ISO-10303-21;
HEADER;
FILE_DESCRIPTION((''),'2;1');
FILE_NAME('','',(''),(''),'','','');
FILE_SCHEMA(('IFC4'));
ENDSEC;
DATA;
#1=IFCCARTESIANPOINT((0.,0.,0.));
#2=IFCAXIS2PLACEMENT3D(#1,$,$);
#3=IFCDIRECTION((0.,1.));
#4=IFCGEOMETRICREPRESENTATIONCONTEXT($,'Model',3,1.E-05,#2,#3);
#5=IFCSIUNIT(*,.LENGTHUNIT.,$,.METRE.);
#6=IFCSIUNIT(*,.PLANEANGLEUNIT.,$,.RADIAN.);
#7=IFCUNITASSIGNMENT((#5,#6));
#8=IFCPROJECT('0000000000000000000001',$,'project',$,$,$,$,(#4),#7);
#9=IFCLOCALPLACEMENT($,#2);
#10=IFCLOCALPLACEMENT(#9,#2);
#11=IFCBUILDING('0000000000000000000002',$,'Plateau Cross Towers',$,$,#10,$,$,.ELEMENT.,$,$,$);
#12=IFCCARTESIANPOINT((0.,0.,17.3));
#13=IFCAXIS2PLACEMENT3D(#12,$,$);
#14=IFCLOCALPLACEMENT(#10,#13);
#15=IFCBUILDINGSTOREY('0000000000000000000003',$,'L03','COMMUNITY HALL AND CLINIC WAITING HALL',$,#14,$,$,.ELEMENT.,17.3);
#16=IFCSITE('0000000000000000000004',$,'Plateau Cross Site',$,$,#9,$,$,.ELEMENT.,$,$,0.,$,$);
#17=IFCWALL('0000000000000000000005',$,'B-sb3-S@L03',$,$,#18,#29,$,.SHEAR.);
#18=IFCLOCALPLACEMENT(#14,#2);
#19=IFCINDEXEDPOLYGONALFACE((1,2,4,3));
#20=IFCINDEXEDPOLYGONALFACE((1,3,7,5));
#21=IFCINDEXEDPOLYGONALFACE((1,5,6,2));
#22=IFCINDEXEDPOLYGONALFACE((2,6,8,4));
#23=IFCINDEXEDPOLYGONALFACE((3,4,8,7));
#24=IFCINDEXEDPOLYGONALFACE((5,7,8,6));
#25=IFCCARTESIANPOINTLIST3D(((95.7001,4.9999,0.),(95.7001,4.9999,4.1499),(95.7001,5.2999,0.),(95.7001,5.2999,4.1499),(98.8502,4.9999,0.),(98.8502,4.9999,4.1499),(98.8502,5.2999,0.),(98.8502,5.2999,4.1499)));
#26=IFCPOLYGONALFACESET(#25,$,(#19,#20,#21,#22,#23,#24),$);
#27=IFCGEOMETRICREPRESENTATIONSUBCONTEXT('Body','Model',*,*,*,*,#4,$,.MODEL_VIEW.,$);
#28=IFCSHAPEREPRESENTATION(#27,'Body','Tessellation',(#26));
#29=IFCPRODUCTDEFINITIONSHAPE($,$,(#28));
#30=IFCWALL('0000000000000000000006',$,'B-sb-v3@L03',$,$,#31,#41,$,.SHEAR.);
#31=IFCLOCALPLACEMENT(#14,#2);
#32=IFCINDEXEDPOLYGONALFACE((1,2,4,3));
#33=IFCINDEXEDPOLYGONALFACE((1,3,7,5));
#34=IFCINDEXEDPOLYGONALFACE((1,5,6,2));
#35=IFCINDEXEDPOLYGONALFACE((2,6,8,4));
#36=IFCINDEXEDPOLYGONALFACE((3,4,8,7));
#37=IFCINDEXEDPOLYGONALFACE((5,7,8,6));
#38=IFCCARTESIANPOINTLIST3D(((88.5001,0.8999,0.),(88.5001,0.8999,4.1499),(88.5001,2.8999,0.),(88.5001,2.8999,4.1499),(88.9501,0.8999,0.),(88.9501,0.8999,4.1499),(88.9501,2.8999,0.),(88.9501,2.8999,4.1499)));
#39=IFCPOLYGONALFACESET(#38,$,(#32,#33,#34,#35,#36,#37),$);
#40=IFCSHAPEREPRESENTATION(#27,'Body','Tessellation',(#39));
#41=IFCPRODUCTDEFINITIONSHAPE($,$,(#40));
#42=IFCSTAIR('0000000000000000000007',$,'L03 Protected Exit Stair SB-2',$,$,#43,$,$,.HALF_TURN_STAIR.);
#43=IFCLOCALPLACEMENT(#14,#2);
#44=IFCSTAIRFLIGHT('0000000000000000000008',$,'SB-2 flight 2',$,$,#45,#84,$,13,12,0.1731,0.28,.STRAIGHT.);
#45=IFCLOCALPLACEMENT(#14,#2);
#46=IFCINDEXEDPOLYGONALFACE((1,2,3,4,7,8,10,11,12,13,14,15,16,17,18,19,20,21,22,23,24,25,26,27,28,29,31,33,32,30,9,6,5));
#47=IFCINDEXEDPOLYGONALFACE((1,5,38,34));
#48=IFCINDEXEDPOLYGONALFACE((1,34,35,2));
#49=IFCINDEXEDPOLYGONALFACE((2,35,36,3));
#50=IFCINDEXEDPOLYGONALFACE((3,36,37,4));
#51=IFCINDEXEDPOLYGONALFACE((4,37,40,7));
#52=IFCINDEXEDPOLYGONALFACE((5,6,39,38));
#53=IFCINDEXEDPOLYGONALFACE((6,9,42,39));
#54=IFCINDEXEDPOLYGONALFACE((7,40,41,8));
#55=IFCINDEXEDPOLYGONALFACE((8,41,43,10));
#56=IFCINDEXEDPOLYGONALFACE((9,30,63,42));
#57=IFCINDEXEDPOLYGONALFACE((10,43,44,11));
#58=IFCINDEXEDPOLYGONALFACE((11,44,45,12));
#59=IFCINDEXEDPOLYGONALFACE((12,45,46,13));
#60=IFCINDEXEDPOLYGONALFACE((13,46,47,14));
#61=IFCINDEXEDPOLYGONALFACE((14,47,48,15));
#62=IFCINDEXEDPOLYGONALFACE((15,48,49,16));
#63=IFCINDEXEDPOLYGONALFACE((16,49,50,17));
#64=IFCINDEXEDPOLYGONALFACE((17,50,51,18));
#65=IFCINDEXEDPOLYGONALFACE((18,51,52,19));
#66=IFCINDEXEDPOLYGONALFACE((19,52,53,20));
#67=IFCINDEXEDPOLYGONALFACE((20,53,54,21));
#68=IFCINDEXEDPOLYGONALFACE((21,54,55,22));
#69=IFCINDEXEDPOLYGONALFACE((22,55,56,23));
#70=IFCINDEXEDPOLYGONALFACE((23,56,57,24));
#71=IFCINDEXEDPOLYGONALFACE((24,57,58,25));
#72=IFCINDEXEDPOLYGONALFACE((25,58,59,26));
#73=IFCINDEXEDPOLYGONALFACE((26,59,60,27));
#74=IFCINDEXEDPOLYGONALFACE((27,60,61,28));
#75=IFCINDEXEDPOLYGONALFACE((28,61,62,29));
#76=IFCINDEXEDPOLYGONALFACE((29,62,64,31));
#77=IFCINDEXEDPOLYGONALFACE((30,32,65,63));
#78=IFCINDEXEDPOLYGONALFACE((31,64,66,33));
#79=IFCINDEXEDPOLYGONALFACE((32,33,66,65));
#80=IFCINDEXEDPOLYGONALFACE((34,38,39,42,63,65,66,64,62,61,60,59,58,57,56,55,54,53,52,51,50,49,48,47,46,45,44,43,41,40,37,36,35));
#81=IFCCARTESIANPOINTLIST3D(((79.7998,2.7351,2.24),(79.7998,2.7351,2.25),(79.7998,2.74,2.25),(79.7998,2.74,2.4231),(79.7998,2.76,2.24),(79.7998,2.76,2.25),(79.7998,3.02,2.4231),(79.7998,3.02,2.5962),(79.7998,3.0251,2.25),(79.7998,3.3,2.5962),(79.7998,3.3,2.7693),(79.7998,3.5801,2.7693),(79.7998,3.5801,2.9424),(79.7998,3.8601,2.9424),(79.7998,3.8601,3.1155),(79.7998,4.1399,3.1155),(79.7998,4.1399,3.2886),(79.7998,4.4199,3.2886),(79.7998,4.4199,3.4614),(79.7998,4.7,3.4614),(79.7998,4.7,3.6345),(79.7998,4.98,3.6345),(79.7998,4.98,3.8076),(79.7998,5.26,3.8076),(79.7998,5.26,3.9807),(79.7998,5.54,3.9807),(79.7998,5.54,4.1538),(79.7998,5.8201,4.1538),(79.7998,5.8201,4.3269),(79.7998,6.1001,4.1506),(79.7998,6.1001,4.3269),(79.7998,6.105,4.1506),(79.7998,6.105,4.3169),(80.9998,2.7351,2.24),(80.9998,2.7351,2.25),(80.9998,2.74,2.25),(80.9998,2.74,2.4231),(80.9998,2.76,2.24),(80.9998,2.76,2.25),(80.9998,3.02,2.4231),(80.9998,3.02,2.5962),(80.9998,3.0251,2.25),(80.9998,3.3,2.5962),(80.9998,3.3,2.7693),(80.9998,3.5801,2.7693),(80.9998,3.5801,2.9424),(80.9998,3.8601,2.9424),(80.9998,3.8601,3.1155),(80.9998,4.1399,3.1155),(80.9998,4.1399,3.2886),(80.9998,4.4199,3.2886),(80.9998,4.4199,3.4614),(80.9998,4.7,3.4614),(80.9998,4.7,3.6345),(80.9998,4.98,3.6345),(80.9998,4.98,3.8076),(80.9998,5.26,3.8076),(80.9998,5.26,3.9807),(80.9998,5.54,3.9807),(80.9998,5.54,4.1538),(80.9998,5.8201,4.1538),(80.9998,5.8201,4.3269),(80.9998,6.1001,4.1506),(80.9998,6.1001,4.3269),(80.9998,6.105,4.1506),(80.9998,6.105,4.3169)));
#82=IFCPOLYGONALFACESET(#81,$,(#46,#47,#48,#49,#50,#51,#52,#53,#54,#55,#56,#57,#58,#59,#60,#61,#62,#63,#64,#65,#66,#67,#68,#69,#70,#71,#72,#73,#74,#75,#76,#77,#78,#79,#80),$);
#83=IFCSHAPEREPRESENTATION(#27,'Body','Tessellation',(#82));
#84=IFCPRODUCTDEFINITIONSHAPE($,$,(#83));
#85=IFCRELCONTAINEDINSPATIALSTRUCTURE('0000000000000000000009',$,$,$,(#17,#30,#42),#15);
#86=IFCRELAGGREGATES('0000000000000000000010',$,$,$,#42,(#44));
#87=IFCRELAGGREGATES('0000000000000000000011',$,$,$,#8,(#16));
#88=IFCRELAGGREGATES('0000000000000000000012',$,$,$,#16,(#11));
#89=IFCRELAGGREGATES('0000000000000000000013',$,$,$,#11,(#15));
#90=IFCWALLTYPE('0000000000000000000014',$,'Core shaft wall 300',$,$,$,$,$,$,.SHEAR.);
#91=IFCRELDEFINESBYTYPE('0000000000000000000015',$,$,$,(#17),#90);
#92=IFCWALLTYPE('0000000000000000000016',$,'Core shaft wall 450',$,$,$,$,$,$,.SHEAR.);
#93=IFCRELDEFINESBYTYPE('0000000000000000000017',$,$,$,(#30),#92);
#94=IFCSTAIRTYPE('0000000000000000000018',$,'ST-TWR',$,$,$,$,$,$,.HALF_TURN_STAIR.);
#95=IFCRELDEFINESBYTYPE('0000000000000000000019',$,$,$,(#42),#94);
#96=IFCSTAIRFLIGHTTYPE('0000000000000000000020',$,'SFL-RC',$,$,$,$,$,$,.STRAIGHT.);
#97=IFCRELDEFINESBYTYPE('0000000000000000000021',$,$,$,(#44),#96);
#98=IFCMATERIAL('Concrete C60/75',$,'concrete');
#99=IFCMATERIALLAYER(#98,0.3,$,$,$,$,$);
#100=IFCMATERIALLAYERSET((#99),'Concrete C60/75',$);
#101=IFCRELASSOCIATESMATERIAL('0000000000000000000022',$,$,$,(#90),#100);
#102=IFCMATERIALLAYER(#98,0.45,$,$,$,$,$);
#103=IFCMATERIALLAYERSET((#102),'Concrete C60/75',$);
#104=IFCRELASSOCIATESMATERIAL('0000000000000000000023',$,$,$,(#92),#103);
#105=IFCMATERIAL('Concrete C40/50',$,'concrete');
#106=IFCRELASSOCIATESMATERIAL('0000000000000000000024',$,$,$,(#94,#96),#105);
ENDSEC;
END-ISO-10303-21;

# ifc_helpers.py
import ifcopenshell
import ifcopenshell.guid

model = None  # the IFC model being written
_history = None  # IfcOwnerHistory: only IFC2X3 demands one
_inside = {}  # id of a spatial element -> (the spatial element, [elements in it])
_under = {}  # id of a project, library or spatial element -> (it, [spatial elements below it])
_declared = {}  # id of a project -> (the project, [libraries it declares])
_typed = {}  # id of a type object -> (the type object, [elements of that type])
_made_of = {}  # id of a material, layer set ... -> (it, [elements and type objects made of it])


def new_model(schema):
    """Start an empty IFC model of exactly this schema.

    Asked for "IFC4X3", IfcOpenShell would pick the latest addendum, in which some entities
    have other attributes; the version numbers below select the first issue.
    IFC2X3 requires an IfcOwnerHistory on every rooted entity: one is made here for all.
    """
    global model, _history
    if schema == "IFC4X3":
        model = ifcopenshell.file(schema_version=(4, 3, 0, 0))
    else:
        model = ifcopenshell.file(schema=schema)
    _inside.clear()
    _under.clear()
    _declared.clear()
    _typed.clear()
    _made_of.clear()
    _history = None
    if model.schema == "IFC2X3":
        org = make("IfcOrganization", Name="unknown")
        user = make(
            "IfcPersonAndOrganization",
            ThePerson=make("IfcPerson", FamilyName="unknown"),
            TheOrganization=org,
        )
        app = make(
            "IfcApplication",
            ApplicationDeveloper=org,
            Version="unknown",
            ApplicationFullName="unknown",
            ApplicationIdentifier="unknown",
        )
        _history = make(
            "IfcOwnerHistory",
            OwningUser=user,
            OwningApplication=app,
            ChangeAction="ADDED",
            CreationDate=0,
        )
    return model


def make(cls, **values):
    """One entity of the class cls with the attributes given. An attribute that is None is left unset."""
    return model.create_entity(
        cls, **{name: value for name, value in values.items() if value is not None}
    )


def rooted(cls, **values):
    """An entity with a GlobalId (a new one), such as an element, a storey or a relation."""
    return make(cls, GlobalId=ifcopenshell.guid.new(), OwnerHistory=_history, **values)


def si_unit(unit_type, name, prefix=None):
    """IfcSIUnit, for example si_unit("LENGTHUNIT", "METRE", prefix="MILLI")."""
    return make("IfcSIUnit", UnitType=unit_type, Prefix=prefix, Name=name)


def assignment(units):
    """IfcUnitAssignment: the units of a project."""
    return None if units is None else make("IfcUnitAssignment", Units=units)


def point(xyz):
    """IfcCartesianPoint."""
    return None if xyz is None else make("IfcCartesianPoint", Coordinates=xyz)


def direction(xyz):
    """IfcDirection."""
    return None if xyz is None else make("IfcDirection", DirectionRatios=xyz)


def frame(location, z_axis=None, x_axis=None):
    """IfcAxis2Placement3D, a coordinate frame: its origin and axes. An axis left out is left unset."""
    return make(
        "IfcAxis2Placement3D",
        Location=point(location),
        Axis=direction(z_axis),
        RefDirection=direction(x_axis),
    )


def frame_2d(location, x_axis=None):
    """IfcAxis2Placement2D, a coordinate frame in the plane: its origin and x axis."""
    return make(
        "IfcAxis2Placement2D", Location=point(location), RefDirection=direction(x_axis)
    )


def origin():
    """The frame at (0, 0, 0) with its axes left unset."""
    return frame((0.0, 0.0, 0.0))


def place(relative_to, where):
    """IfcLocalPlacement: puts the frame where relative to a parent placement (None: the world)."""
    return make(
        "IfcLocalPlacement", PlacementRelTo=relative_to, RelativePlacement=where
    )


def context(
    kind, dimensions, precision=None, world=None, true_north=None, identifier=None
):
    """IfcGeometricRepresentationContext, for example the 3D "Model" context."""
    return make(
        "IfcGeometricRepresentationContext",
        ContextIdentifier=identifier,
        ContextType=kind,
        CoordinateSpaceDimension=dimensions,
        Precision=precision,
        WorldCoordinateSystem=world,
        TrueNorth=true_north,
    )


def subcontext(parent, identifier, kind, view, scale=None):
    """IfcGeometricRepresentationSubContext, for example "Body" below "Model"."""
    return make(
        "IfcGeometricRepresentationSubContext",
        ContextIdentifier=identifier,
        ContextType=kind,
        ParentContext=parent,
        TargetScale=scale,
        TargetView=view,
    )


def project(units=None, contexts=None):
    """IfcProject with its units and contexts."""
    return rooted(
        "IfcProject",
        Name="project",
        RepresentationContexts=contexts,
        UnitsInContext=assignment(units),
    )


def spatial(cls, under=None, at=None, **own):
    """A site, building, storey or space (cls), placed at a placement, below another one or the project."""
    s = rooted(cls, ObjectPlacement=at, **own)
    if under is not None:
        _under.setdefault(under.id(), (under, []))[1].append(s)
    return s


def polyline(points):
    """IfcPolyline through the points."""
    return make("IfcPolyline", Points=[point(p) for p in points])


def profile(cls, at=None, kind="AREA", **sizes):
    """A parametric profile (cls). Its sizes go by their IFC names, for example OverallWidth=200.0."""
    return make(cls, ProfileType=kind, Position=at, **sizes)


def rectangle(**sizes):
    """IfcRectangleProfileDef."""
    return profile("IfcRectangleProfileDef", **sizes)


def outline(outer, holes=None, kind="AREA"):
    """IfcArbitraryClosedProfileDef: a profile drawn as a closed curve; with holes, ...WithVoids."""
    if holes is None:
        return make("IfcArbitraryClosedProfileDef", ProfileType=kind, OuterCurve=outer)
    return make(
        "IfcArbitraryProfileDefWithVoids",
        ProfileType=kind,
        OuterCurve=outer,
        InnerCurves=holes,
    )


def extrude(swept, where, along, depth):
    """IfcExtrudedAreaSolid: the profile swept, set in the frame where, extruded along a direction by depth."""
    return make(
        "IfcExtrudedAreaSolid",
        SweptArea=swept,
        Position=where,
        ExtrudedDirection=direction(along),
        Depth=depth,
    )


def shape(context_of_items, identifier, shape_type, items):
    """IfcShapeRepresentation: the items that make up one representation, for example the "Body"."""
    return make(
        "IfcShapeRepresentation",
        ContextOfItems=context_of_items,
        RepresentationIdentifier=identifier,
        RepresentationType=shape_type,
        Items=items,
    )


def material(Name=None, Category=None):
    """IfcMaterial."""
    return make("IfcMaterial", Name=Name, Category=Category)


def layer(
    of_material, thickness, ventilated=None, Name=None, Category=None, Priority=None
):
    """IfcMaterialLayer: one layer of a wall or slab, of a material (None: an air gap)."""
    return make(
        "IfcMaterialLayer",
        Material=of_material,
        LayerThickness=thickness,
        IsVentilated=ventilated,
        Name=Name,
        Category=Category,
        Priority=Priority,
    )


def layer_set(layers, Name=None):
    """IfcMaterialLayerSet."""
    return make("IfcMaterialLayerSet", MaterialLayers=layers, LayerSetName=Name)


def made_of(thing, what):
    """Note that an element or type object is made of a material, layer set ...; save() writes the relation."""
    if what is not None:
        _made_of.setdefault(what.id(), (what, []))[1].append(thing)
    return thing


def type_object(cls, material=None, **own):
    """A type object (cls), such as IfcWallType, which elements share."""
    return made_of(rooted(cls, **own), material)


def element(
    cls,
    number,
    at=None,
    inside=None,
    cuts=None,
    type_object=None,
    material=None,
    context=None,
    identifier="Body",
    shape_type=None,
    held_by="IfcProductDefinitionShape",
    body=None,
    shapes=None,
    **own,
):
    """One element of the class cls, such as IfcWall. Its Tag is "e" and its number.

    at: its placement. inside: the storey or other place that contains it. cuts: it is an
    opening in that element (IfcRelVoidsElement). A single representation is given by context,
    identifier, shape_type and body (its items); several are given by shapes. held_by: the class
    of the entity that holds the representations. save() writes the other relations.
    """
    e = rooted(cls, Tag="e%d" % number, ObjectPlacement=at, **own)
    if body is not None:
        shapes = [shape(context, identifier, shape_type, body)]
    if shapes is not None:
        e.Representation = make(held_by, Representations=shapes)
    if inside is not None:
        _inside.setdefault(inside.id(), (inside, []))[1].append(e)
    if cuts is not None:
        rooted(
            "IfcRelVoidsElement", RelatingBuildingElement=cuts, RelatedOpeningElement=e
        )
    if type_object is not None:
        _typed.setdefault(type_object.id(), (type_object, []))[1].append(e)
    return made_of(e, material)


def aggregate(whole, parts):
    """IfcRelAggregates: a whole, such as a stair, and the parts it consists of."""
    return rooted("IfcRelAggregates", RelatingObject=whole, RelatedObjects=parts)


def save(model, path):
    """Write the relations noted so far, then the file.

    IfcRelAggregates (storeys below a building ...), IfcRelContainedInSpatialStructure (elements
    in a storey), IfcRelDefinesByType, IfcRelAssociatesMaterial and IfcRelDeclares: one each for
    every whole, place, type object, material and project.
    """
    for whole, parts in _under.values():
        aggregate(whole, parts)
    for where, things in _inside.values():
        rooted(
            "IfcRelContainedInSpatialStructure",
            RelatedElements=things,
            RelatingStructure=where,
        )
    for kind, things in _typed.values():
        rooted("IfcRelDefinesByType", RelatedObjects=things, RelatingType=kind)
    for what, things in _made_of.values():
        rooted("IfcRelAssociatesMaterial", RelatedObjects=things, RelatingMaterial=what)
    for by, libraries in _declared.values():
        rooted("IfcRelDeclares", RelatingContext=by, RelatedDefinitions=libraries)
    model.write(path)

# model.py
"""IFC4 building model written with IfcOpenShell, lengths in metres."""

from ifc_helpers import new_model, si_unit, direction, frame, frame_2d, origin, place, context, subcontext, project, spatial, polyline, rectangle, outline, extrude, material, layer, layer_set, type_object, element, aggregate, save


model = new_model("IFC4")

# Units and contexts
model_context = context("Model", 3, precision=1e-05, world=origin(), true_north=direction((0.0, 1.0)))
body_context = subcontext(model_context, "Body", "Model", "MODEL_VIEW")
ifc_project = project(units=[si_unit("LENGTHUNIT", "METRE"), si_unit("PLANEANGLEUNIT", "RADIAN")], contexts=[model_context])

# Site, building, storey
site_placement = place(None, origin())
site = spatial("IfcSite", under=ifc_project, at=site_placement, Name="Plateau Cross Site", CompositionType="ELEMENT", RefElevation=0.0)
building_placement = place(site_placement, origin())
building = spatial("IfcBuilding", under=site, at=building_placement, Name="Plateau Cross Towers", CompositionType="ELEMENT")
storey_placement = place(building_placement, frame((0.0, 0.0, 17.3)))
storey = spatial("IfcBuildingStorey", under=building, at=storey_placement, Name="L03", Description="COMMUNITY HALL AND CLINIC WAITING HALL", CompositionType="ELEMENT", Elevation=17.3)

# Shared definitions
ifc_material_1 = material(Name="Concrete C60/75", Category="concrete")
ifc_layer_1 = layer(ifc_material_1, 0.3)
ifc_layer_set_1 = layer_set([ifc_layer_1], Name="Concrete C60/75")
wall_type_1 = type_object("IfcWallType", Name="Core shaft wall 300", PredefinedType="SHEAR", material=ifc_layer_set_1)

# Walls
wall_1_placement = place(storey_placement, frame((95.7, 5.1499, 0.0), z_axis=(0.0, 0.0, 1.0), x_axis=(1.0, 0.0, 0.0)))
element("IfcWall", 1, at=wall_1_placement, inside=storey, type_object=wall_type_1, Name="B-sb3-S@L03", PredefinedType="SHEAR", context=body_context, shape_type="SweptSolid", body=[
    extrude(rectangle(XDim=3.1501, YDim=0.3, at=frame_2d((1.5752, 0.0))), origin(), (0.0, 0.0, 1.0), 4.1499),
])
ifc_layer_2 = layer(ifc_material_1, 0.45)
ifc_layer_set_2 = layer_set([ifc_layer_2], Name="Concrete C60/75")
wall_type_2 = type_object("IfcWallType", Name="Core shaft wall 450", PredefinedType="SHEAR", material=ifc_layer_set_2)
wall_2_placement = place(storey_placement, frame((88.7251, 0.8999, 0.0), z_axis=(0.0, 0.0, 1.0), x_axis=(0.0, 1.0, 0.0)))
element("IfcWall", 2, at=wall_2_placement, inside=storey, type_object=wall_type_2, Name="B-sb-v3@L03", PredefinedType="SHEAR", context=body_context, shape_type="SweptSolid", body=[
    extrude(rectangle(XDim=2.0, YDim=0.45, at=frame_2d((1.0, 0.0))), origin(), (0.0, 0.0, 1.0), 4.1499),
])

# Stair, stair flight
ifc_material_2 = material(Name="Concrete C40/50", Category="concrete")
stair_type = type_object("IfcStairType", Name="ST-TWR", PredefinedType="HALF_TURN_STAIR", material=ifc_material_2)
stair_placement = place(storey_placement, origin())
stair = element("IfcStair", 3, at=stair_placement, inside=storey, type_object=stair_type, Name="L03 Protected Exit Stair SB-2", PredefinedType="HALF_TURN_STAIR")
stair_flight_type = type_object("IfcStairFlightType", Name="SFL-RC", PredefinedType="STRAIGHT", material=ifc_material_2)
stair_flight_placement = place(storey_placement, frame((80.3999, 2.74, 2.25), z_axis=(0.0, 0.0, 1.0), x_axis=(0.0, 1.0, 0.0)))
stair_flight = element("IfcStairFlight", 4, at=stair_flight_placement, type_object=stair_flight_type, Name="SB-2 flight 2", NumberOfRisers=13, NumberOfTreads=12, PredefinedType="STRAIGHT", RiserHeight=0.1731, TreadLength=0.28, context=body_context, shape_type="SweptSolid", body=[
    extrude(outline(polyline([(-0.0049, -0.01), (-0.0049, 0.0), (0.0, 0.0), (0.0, 0.1731), (0.28, 0.1731), (0.28, 0.3462), (0.5601, 0.3462), (0.5601, 0.5193), (0.8401, 0.5193), (0.8401, 0.6924), (1.1201, 0.6924), (1.1201, 0.8655), (1.3999, 0.8655), (1.3999, 1.0386), (1.6799, 1.0386), (1.6799, 1.2114), (1.96, 1.2114), (1.96, 1.3845), (2.24, 1.3845), (2.24, 1.5576), (2.52, 1.5576), (2.52, 1.7307), (2.8, 1.7307), (2.8, 1.9038), (3.0801, 1.9038), (3.0801, 2.0769), (3.3601, 2.0769), (3.365, 2.0669), (3.365, 1.9006), (3.3601, 1.9006), (0.2852, 0.0), (0.02, 0.0), (0.02, -0.01), (-0.0049, -0.01)])), frame((0.0, 0.6001, 0.0), z_axis=(0.0, -1.0, 0.0), x_axis=(1.0, 0.0, 0.0)), (0.0, 0.0, 1.0), 1.2),
])
aggregate(stair, [stair_flight])

save(model, "model.ifc")
